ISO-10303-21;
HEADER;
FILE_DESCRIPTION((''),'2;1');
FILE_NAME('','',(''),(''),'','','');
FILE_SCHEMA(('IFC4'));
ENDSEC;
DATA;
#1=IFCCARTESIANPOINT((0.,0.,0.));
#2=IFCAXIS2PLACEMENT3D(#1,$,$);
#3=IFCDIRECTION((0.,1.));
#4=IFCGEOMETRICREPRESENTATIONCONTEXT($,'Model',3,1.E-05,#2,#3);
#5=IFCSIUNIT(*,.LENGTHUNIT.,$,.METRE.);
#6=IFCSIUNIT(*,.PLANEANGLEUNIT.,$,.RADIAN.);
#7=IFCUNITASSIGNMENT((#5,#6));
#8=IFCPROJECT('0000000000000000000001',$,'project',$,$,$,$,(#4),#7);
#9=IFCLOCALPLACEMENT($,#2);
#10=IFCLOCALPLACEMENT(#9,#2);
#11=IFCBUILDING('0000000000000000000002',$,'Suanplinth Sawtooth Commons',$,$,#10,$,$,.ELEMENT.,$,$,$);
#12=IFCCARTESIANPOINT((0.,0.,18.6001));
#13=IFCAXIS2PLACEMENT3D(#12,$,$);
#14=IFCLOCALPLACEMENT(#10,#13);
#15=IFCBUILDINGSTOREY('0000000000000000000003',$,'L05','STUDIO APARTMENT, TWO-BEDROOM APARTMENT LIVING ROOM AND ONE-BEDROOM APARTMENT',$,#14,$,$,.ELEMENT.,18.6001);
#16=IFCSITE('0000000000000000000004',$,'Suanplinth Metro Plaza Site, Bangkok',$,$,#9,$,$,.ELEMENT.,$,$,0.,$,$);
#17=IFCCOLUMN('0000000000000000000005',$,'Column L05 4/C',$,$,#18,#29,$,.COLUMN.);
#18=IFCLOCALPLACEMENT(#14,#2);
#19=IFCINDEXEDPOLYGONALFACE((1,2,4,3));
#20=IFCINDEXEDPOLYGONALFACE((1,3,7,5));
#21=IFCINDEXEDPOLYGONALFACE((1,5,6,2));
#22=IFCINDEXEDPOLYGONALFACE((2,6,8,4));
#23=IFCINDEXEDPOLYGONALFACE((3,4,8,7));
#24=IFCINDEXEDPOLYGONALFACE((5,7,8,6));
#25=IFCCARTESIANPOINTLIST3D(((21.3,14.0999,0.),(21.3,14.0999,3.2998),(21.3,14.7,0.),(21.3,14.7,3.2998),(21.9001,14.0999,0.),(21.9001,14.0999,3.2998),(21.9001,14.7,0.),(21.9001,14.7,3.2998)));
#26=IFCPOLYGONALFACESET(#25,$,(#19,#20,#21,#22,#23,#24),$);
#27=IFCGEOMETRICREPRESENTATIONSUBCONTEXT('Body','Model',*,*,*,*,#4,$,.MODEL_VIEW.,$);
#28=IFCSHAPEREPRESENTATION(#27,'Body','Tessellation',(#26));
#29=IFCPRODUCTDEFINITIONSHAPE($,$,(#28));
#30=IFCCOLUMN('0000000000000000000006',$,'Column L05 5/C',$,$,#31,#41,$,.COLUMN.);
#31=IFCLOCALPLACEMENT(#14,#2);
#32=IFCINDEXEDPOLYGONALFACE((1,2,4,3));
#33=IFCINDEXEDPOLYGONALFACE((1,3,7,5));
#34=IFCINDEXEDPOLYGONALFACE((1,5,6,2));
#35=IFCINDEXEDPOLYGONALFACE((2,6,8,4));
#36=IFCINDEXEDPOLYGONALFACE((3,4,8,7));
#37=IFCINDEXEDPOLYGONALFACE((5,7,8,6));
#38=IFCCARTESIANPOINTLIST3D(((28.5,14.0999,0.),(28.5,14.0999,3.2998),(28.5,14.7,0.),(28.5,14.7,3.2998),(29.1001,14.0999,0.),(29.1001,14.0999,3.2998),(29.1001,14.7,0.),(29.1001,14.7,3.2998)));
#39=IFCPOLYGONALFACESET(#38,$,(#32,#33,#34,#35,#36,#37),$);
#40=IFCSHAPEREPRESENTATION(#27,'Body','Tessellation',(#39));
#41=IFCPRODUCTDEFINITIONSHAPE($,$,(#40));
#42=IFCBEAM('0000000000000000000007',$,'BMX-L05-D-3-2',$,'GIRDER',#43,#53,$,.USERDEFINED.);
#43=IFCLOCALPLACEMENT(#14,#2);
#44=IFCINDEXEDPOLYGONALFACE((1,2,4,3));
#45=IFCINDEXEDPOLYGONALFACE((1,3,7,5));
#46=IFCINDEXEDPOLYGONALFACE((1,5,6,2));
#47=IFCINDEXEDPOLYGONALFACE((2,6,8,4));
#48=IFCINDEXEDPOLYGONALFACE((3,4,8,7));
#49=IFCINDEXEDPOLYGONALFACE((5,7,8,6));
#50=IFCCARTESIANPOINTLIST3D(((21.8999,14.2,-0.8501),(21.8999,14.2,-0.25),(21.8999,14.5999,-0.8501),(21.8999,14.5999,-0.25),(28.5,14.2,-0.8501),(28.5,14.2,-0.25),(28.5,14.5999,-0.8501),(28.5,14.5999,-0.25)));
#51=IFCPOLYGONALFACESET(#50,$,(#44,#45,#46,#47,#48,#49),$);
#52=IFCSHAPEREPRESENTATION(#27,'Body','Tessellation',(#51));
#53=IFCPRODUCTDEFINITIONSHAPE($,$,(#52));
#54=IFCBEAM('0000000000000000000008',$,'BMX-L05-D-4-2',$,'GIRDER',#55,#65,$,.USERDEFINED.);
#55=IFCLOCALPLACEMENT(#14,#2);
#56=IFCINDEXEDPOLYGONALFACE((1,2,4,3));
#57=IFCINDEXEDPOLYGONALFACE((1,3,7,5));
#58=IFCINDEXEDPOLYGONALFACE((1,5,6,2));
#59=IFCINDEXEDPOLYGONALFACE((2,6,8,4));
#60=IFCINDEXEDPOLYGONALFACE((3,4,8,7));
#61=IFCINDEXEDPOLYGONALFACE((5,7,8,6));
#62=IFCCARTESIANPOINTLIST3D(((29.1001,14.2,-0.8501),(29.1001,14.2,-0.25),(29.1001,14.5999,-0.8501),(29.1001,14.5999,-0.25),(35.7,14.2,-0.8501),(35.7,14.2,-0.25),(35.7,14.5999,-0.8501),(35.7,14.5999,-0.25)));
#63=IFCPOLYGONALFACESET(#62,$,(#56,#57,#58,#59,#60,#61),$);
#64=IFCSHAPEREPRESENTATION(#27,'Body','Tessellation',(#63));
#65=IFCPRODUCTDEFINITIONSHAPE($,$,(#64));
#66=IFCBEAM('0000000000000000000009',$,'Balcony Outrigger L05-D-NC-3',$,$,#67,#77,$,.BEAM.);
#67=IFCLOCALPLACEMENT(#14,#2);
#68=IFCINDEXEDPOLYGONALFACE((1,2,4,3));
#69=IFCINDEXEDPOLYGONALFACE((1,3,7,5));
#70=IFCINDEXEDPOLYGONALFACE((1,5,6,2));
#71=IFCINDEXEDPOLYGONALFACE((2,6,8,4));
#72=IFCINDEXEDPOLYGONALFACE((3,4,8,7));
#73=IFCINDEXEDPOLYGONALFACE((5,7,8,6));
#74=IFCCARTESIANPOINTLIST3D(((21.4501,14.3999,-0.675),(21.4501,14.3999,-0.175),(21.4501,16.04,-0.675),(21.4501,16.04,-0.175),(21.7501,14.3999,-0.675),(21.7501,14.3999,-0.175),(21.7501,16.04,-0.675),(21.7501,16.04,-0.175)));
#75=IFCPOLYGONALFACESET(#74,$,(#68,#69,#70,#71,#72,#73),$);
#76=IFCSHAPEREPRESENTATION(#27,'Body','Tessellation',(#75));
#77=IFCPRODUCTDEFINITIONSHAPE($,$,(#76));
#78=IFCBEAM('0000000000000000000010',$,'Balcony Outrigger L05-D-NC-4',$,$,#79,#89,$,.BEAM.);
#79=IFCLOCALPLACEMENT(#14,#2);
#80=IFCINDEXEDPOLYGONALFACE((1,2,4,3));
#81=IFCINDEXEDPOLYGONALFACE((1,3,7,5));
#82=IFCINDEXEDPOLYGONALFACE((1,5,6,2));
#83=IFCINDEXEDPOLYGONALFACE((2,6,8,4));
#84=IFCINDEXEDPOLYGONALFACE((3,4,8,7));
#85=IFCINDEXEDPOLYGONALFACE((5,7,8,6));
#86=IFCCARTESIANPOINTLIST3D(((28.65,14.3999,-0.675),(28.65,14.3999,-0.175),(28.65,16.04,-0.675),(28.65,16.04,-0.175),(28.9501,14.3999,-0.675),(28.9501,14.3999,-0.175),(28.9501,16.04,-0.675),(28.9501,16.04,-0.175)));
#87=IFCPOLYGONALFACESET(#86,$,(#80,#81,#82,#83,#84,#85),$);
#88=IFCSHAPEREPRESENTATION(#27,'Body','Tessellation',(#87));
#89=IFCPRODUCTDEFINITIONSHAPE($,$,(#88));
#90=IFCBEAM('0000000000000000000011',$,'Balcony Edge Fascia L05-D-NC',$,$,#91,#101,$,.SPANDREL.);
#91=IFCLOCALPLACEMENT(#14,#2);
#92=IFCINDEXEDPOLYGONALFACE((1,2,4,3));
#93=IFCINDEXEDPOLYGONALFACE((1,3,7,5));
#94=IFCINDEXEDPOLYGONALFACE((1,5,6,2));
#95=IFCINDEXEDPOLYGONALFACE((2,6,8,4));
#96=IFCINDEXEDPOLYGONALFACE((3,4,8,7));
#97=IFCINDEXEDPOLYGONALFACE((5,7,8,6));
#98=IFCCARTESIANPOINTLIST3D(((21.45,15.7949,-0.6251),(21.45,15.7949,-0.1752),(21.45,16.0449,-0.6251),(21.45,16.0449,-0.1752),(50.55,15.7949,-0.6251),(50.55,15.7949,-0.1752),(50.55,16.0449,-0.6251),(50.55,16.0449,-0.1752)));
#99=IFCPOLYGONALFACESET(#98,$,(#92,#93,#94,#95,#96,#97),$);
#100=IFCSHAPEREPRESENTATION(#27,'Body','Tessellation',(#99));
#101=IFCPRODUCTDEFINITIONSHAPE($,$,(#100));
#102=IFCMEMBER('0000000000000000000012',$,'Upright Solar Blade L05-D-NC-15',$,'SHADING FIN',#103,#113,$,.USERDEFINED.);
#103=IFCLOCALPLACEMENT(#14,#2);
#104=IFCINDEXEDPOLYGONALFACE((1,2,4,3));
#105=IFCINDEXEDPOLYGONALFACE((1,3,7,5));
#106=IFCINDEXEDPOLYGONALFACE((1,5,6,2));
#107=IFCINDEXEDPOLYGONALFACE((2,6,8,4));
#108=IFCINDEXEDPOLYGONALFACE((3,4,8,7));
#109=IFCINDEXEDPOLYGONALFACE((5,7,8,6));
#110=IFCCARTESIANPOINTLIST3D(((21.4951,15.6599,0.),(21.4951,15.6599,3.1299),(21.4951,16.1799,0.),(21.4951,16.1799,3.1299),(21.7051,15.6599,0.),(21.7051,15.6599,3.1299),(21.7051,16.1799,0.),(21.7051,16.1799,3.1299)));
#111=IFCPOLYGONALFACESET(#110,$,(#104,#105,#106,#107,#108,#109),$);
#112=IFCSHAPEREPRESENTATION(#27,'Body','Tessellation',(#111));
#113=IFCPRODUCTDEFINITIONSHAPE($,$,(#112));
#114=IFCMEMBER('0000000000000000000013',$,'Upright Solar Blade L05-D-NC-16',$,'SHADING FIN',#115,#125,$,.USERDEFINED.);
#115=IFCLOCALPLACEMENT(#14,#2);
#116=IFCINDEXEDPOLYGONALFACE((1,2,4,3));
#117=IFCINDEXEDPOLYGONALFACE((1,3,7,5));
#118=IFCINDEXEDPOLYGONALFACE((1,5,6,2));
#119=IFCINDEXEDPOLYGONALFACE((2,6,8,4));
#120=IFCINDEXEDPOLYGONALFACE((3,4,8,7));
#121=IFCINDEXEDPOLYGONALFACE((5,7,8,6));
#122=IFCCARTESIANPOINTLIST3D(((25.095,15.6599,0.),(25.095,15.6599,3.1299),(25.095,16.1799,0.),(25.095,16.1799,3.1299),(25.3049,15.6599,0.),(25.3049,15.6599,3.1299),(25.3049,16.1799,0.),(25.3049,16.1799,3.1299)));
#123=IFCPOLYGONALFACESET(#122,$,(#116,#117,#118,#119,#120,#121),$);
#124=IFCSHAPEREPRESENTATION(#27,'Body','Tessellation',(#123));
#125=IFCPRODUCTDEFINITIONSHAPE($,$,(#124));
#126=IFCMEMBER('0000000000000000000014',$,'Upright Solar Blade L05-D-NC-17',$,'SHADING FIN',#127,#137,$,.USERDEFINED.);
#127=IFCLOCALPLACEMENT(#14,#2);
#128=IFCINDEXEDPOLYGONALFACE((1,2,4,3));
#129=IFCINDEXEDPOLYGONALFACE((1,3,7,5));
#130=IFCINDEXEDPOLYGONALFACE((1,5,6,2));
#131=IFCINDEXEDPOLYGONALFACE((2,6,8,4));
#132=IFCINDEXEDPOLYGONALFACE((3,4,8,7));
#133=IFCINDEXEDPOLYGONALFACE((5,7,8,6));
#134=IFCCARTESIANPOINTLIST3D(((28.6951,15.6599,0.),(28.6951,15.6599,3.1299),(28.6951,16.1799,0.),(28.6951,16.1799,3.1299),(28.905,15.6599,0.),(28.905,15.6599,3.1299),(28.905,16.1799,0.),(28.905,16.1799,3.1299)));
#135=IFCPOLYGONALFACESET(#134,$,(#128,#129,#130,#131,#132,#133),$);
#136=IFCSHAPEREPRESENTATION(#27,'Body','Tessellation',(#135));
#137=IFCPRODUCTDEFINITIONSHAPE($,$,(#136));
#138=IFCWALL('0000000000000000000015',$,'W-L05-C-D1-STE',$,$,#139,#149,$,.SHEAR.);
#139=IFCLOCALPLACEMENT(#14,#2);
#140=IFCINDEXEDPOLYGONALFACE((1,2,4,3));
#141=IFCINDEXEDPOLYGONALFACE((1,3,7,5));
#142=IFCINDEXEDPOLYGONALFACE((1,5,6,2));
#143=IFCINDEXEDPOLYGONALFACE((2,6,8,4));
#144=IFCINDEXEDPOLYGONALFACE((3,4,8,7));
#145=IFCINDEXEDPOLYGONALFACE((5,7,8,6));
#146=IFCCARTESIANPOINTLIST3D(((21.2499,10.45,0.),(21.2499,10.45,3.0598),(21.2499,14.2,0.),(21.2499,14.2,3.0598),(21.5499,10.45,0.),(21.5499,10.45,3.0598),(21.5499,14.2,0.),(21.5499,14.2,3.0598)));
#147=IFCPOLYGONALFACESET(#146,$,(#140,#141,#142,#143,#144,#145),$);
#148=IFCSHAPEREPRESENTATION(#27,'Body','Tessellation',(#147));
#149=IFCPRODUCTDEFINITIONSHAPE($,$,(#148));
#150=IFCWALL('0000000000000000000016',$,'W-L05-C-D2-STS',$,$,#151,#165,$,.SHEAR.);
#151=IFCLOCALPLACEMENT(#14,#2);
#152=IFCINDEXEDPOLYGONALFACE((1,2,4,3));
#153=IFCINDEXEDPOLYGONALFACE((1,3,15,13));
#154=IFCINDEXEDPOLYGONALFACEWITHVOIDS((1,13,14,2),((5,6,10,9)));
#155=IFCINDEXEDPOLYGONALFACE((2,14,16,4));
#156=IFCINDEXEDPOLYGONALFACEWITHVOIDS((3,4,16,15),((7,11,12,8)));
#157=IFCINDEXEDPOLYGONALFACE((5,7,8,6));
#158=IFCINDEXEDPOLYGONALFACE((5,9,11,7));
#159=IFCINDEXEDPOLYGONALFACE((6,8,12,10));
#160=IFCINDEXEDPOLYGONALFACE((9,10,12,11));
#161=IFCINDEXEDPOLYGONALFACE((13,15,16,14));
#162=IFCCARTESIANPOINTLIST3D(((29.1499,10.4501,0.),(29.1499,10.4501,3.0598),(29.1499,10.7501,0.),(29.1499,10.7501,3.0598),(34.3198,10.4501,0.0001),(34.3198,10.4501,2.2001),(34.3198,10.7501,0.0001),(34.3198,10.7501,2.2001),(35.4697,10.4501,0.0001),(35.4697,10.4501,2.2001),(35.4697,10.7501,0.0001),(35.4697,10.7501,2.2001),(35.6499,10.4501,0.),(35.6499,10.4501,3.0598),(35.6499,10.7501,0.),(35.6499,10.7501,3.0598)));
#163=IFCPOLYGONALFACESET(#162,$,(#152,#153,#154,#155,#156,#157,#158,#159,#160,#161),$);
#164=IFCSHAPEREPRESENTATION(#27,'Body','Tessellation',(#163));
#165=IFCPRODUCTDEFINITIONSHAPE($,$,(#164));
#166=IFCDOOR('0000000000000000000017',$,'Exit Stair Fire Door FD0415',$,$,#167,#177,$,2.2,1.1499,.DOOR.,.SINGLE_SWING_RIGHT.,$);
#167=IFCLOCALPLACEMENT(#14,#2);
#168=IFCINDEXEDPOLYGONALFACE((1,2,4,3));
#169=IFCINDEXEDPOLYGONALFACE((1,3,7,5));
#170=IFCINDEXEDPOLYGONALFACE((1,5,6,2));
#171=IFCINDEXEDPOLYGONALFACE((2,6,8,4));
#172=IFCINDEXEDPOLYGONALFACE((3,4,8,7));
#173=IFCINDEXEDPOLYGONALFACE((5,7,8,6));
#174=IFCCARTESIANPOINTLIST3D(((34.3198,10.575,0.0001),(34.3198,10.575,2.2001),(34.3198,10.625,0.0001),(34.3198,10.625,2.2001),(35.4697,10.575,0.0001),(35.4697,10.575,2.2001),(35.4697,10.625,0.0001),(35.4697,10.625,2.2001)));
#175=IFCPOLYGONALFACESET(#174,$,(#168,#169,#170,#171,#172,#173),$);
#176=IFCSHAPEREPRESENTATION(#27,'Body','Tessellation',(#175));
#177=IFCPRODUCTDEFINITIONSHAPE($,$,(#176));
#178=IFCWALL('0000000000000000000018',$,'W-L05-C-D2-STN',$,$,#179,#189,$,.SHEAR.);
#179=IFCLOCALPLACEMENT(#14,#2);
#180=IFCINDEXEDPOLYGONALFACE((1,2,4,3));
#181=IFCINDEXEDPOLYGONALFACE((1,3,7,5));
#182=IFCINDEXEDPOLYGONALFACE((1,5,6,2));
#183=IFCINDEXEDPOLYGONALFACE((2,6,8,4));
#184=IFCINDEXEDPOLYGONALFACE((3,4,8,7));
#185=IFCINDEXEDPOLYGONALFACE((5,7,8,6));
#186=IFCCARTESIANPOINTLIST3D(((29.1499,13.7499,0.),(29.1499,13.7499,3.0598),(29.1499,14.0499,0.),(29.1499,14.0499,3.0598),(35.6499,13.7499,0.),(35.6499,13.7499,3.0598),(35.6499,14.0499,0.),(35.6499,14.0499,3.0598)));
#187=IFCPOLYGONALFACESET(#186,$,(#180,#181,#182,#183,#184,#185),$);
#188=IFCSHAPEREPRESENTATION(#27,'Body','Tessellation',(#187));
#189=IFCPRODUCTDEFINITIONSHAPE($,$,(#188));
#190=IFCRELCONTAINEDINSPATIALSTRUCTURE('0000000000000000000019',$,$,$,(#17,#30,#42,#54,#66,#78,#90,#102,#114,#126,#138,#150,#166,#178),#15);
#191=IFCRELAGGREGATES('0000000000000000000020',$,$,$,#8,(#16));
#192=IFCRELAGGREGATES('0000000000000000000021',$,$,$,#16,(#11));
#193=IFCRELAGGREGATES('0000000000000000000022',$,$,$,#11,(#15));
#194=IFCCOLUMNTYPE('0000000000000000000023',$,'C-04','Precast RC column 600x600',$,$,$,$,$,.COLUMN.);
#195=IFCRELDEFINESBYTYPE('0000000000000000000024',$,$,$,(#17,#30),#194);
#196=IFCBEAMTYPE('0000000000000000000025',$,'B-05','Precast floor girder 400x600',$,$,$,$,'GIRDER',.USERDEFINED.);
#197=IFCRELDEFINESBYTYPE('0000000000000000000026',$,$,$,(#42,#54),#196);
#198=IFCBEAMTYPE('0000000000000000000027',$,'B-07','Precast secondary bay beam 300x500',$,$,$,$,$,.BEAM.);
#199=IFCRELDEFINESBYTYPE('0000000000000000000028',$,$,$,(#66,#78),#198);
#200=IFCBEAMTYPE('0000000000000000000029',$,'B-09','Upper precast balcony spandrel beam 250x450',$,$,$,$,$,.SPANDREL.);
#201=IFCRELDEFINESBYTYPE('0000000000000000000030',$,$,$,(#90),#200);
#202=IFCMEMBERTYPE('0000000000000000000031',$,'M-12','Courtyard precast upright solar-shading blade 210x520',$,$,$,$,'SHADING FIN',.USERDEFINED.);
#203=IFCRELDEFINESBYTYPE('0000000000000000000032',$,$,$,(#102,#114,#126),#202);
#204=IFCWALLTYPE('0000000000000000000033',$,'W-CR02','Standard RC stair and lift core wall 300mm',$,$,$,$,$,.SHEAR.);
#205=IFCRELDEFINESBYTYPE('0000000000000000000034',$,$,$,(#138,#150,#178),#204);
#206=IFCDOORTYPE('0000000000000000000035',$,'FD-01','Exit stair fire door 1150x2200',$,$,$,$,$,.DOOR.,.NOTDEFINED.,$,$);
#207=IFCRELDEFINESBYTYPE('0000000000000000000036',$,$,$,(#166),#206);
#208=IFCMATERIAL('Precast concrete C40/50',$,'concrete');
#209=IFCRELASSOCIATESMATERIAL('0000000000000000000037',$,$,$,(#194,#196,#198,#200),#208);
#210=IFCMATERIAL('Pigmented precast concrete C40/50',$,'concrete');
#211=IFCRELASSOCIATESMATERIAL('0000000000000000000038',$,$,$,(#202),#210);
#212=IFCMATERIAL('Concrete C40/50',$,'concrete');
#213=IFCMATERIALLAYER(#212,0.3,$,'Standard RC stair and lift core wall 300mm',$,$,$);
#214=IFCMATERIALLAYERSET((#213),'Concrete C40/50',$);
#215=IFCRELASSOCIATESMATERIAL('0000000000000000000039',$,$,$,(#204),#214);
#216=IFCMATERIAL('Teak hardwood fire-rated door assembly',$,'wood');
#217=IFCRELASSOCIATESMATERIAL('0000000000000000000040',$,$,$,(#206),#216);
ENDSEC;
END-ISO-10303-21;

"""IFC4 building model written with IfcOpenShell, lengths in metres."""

from ifc_helpers import new_model, si_unit, direction, frame, frame_2d, origin, origin_2d, place, context, subcontext, project, spatial, rectangle, extrude, material, layer, layer_set, material_profile, profile_set, type_object, element, fill, save


model = new_model("IFC4")

# Units and contexts
model_context = context("Model", 3, precision=1e-05, world=origin(), true_north=direction((0.0, 1.0)))
body_context = subcontext(model_context, "Body", "Model", "MODEL_VIEW")
ifc_project = project(units=[si_unit("LENGTHUNIT", "METRE"), si_unit("PLANEANGLEUNIT", "RADIAN")], contexts=[model_context])

# Site, building, storey
site_placement = place(None, origin())
site = spatial("IfcSite", under=ifc_project, at=site_placement, Name="Suanplinth Metro Plaza Site, Bangkok", CompositionType="ELEMENT", RefElevation=0.0)
building_placement = place(site_placement, origin())
building = spatial("IfcBuilding", under=site, at=building_placement, Name="Suanplinth Sawtooth Commons", CompositionType="ELEMENT")
storey_placement = place(building_placement, frame((0.0, 0.0, 18.6001)))
storey = spatial("IfcBuildingStorey", under=building, at=storey_placement, Name="L05", Description="STUDIO APARTMENT, TWO-BEDROOM APARTMENT LIVING ROOM AND ONE-BEDROOM APARTMENT", CompositionType="ELEMENT", Elevation=18.6001)

# Columns
ifc_material_1 = material(Name="Precast concrete C40/50", Category="concrete")
ifc_material_profile_1 = material_profile(ifc_material_1, rectangle(XDim=0.6001, YDim=0.6001, at=origin_2d()), Name="PC-COL 600x600")
ifc_profile_set_1 = profile_set([ifc_material_profile_1], Name="Precast concrete C40/50")
column_type = type_object("IfcColumnType", Name="C-04", Description="Precast RC column 600x600", PredefinedType="COLUMN", material=ifc_profile_set_1)
for number, where, z_axis, x_axis, name in (
    (1, (21.6001, 14.3999, 0.0), (0.0, 0.0, 1.0), (1.0, 0.0, 0.0), "Column L05 4/C"),
    (2, (28.8, 14.3999, 0.0), (0.0, 0.0, 1.0), (1.0, 0.0, 0.0), "Column L05 5/C"),
):
    element("IfcColumn", number, at=place(storey_placement, frame(where, z_axis=z_axis, x_axis=x_axis)), inside=storey, type_object=column_type, Name=name, PredefinedType="COLUMN", context=body_context, shape_type="SweptSolid", body=[
        extrude(rectangle(XDim=0.6001, YDim=0.6001, at=origin_2d()), origin(), (0.0, 0.0, 1.0), 3.2998),
    ])

# Beams
ifc_material_profile_2 = material_profile(ifc_material_1, rectangle(XDim=0.3999, YDim=0.6001, at=origin_2d()), Name="PC-GDR 400x600")
ifc_profile_set_2 = profile_set([ifc_material_profile_2], Name="Precast concrete C40/50")
beam_type_1 = type_object("IfcBeamType", Name="B-05", Description="Precast floor girder 400x600", ElementType="GIRDER", PredefinedType="USERDEFINED", material=ifc_profile_set_2)
beam_1_placement = place(storey_placement, frame((21.8999, 14.3999, -0.55), z_axis=(1.0, 0.0, 0.0), x_axis=(0.0, 1.0, 0.0)))
element("IfcBeam", 3, at=beam_1_placement, inside=storey, type_object=beam_type_1, Name="BMX-L05-D-3-2", ObjectType="GIRDER", PredefinedType="USERDEFINED", context=body_context, shape_type="SweptSolid", body=[
    extrude(rectangle(XDim=0.3999, YDim=0.6001, at=origin_2d()), origin(), (0.0, 0.0, 1.0), 6.6001),
])
beam_2_placement = place(storey_placement, frame((29.1001, 14.3999, -0.55), z_axis=(1.0, 0.0, 0.0), x_axis=(0.0, 1.0, 0.0)))
element("IfcBeam", 4, at=beam_2_placement, inside=storey, type_object=beam_type_1, Name="BMX-L05-D-4-2", ObjectType="GIRDER", PredefinedType="USERDEFINED", context=body_context, shape_type="SweptSolid", body=[
    extrude(rectangle(XDim=0.3999, YDim=0.6001, at=origin_2d()), origin(), (0.0, 0.0, 1.0), 6.5999),
])
ifc_material_profile_3 = material_profile(ifc_material_1, rectangle(XDim=0.3, YDim=0.5, at=origin_2d()), Name="PC-BM 300x500")
ifc_profile_set_3 = profile_set([ifc_material_profile_3], Name="Precast concrete C40/50")
beam_type_2 = type_object("IfcBeamType", Name="B-07", Description="Precast secondary bay beam 300x500", PredefinedType="BEAM", material=ifc_profile_set_3)
for number, where, z_axis, x_axis, name in (
    (5, (21.6001, 14.3999, -0.425), (0.0, 1.0, 0.0), (-1.0, 0.0, 0.0), "Balcony Outrigger L05-D-NC-3"),
    (6, (28.8, 14.3999, -0.425), (0.0, 1.0, 0.0), (-1.0, 0.0, 0.0), "Balcony Outrigger L05-D-NC-4"),
):
    element("IfcBeam", number, at=place(storey_placement, frame(where, z_axis=z_axis, x_axis=x_axis)), inside=storey, type_object=beam_type_2, Name=name, PredefinedType="BEAM", context=body_context, shape_type="SweptSolid", body=[
        extrude(rectangle(XDim=0.3, YDim=0.5, at=origin_2d()), origin(), (0.0, 0.0, 1.0), 1.6401),
    ])
ifc_material_profile_4 = material_profile(ifc_material_1, rectangle(XDim=0.25, YDim=0.45, at=origin_2d()), Name="PC-SP 250x450")
ifc_profile_set_4 = profile_set([ifc_material_profile_4], Name="Precast concrete C40/50")
beam_type_3 = type_object("IfcBeamType", Name="B-09", Description="Upper precast balcony spandrel beam 250x450", PredefinedType="SPANDREL", material=ifc_profile_set_4)
beam_3_placement = place(storey_placement, frame((21.45, 15.9199, -0.4001), z_axis=(1.0, 0.0, 0.0), x_axis=(0.0, 1.0, 0.0)))
element("IfcBeam", 7, at=beam_3_placement, inside=storey, type_object=beam_type_3, Name="Balcony Edge Fascia L05-D-NC", PredefinedType="SPANDREL", context=body_context, shape_type="SweptSolid", body=[
    extrude(rectangle(XDim=0.25, YDim=0.45, at=origin_2d()), origin(), (0.0, 0.0, 1.0), 29.1001),
])

# Members
ifc_material_2 = material(Name="Pigmented precast concrete C40/50", Category="concrete")
ifc_material_profile_5 = material_profile(ifc_material_2, rectangle(XDim=0.21, YDim=0.52, at=origin_2d()), Name="PC-FIN 210x520")
ifc_profile_set_5 = profile_set([ifc_material_profile_5], Name="Pigmented precast concrete C40/50")
member_type = type_object("IfcMemberType", Name="M-12", Description="Courtyard precast upright solar-shading blade 210x520", ElementType="SHADING FIN", PredefinedType="USERDEFINED", material=ifc_profile_set_5)
for number, where, z_axis, x_axis, name in (
    (8, (21.6001, 15.9199, 0.0), (0.0, 0.0, 1.0), (1.0, 0.0, 0.0), "Upright Solar Blade L05-D-NC-15"),
    (9, (25.2, 15.9199, 0.0), (0.0, 0.0, 1.0), (1.0, 0.0, 0.0), "Upright Solar Blade L05-D-NC-16"),
    (10, (28.8, 15.9199, 0.0), (0.0, 0.0, 1.0), (1.0, 0.0, 0.0), "Upright Solar Blade L05-D-NC-17"),
):
    element("IfcMember", number, at=place(storey_placement, frame(where, z_axis=z_axis, x_axis=x_axis)), inside=storey, type_object=member_type, Name=name, ObjectType="SHADING FIN", PredefinedType="USERDEFINED", context=body_context, shape_type="SweptSolid", body=[
        extrude(rectangle(XDim=0.21, YDim=0.52, at=origin_2d()), origin(), (0.0, 0.0, 1.0), 3.1299),
    ])

# Wall
ifc_material_3 = material(Name="Concrete C40/50", Category="concrete")
ifc_layer_1 = layer(ifc_material_3, 0.3, Name="Standard RC stair and lift core wall 300mm")
ifc_layer_set_1 = layer_set([ifc_layer_1], Name="Concrete C40/50")
wall_type_1 = type_object("IfcWallType", Name="W-CR02", Description="Standard RC stair and lift core wall 300mm", PredefinedType="SHEAR", material=ifc_layer_set_1)
wall_1_placement = place(storey_placement, frame((21.3999, 10.45, 0.0), z_axis=(0.0, 0.0, 1.0), x_axis=(0.0, 1.0, 0.0)))
element("IfcWall", 11, at=wall_1_placement, inside=storey, type_object=wall_type_1, Name="W-L05-C-D1-STE", PredefinedType="SHEAR", context=body_context, shape_type="SweptSolid", body=[
    extrude(rectangle(XDim=3.75, YDim=0.3, at=frame_2d((1.875, 0.0))), origin(), (0.0, 0.0, 1.0), 3.0598),
])

# Wall, opening, door
wall_2_placement = place(storey_placement, frame((29.1499, 10.6001, 0.0), z_axis=(0.0, 0.0, 1.0), x_axis=(1.0, 0.0, 0.0)))
wall_2 = element("IfcWall", 12, at=wall_2_placement, inside=storey, type_object=wall_type_1, Name="W-L05-C-D2-STS", PredefinedType="SHEAR", context=body_context, shape_type="SweptSolid", body=[
    extrude(rectangle(XDim=6.5, YDim=0.3, at=frame_2d((3.25, 0.0))), origin(), (0.0, 0.0, 1.0), 3.0598),
])
opening_1_placement = place(wall_2_placement, frame((5.1699, 0.0, 0.0)))
opening_1 = element("IfcOpeningElement", 13, at=opening_1_placement, cuts=wall_2, PredefinedType="OPENING", context=body_context, shape_type="SweptSolid", body=[
    extrude(rectangle(XDim=1.1499, YDim=2.2, at=frame_2d((0.575, 1.1001))), frame((0.0, 0.165, 0.0), z_axis=(0.0, -1.0, 0.0), x_axis=(1.0, 0.0, 0.0)), (0.0, 0.0, 1.0), 0.3298),
])
ifc_material_4 = material(Name="Teak hardwood fire-rated door assembly", Category="wood")
door_type_1 = type_object("IfcDoorType", Name="FD-01", Description="Exit stair fire door 1150x2200", OperationType="NOTDEFINED", PredefinedType="DOOR", material=ifc_material_4)
door_1_placement = place(opening_1_placement, origin())
door_1 = element("IfcDoor", 14, at=door_1_placement, inside=storey, type_object=door_type_1, Name="Exit Stair Fire Door FD0415", OperationType="SINGLE_SWING_RIGHT", OverallHeight=2.2, OverallWidth=1.1499, PredefinedType="DOOR", context=body_context, shape_type="SweptSolid", body=[
    extrude(rectangle(XDim=1.1499, YDim=2.2, at=frame_2d((0.575, 1.1001))), frame((0.0, 0.0249, 0.0), z_axis=(0.0, -1.0, 0.0), x_axis=(1.0, 0.0, 0.0)), (0.0, 0.0, 1.0), 0.05),
])
fill(opening_1, door_1)

# Wall
wall_3_placement = place(storey_placement, frame((29.1499, 13.8999, 0.0), z_axis=(0.0, 0.0, 1.0), x_axis=(1.0, 0.0, 0.0)))
element("IfcWall", 15, at=wall_3_placement, inside=storey, type_object=wall_type_1, Name="W-L05-C-D2-STN", PredefinedType="SHEAR", context=body_context, shape_type="SweptSolid", body=[
    extrude(rectangle(XDim=6.5, YDim=0.3, at=frame_2d((3.25, 0.0))), origin(), (0.0, 0.0, 1.0), 3.0598),
])

save(model, "model.ifc")
